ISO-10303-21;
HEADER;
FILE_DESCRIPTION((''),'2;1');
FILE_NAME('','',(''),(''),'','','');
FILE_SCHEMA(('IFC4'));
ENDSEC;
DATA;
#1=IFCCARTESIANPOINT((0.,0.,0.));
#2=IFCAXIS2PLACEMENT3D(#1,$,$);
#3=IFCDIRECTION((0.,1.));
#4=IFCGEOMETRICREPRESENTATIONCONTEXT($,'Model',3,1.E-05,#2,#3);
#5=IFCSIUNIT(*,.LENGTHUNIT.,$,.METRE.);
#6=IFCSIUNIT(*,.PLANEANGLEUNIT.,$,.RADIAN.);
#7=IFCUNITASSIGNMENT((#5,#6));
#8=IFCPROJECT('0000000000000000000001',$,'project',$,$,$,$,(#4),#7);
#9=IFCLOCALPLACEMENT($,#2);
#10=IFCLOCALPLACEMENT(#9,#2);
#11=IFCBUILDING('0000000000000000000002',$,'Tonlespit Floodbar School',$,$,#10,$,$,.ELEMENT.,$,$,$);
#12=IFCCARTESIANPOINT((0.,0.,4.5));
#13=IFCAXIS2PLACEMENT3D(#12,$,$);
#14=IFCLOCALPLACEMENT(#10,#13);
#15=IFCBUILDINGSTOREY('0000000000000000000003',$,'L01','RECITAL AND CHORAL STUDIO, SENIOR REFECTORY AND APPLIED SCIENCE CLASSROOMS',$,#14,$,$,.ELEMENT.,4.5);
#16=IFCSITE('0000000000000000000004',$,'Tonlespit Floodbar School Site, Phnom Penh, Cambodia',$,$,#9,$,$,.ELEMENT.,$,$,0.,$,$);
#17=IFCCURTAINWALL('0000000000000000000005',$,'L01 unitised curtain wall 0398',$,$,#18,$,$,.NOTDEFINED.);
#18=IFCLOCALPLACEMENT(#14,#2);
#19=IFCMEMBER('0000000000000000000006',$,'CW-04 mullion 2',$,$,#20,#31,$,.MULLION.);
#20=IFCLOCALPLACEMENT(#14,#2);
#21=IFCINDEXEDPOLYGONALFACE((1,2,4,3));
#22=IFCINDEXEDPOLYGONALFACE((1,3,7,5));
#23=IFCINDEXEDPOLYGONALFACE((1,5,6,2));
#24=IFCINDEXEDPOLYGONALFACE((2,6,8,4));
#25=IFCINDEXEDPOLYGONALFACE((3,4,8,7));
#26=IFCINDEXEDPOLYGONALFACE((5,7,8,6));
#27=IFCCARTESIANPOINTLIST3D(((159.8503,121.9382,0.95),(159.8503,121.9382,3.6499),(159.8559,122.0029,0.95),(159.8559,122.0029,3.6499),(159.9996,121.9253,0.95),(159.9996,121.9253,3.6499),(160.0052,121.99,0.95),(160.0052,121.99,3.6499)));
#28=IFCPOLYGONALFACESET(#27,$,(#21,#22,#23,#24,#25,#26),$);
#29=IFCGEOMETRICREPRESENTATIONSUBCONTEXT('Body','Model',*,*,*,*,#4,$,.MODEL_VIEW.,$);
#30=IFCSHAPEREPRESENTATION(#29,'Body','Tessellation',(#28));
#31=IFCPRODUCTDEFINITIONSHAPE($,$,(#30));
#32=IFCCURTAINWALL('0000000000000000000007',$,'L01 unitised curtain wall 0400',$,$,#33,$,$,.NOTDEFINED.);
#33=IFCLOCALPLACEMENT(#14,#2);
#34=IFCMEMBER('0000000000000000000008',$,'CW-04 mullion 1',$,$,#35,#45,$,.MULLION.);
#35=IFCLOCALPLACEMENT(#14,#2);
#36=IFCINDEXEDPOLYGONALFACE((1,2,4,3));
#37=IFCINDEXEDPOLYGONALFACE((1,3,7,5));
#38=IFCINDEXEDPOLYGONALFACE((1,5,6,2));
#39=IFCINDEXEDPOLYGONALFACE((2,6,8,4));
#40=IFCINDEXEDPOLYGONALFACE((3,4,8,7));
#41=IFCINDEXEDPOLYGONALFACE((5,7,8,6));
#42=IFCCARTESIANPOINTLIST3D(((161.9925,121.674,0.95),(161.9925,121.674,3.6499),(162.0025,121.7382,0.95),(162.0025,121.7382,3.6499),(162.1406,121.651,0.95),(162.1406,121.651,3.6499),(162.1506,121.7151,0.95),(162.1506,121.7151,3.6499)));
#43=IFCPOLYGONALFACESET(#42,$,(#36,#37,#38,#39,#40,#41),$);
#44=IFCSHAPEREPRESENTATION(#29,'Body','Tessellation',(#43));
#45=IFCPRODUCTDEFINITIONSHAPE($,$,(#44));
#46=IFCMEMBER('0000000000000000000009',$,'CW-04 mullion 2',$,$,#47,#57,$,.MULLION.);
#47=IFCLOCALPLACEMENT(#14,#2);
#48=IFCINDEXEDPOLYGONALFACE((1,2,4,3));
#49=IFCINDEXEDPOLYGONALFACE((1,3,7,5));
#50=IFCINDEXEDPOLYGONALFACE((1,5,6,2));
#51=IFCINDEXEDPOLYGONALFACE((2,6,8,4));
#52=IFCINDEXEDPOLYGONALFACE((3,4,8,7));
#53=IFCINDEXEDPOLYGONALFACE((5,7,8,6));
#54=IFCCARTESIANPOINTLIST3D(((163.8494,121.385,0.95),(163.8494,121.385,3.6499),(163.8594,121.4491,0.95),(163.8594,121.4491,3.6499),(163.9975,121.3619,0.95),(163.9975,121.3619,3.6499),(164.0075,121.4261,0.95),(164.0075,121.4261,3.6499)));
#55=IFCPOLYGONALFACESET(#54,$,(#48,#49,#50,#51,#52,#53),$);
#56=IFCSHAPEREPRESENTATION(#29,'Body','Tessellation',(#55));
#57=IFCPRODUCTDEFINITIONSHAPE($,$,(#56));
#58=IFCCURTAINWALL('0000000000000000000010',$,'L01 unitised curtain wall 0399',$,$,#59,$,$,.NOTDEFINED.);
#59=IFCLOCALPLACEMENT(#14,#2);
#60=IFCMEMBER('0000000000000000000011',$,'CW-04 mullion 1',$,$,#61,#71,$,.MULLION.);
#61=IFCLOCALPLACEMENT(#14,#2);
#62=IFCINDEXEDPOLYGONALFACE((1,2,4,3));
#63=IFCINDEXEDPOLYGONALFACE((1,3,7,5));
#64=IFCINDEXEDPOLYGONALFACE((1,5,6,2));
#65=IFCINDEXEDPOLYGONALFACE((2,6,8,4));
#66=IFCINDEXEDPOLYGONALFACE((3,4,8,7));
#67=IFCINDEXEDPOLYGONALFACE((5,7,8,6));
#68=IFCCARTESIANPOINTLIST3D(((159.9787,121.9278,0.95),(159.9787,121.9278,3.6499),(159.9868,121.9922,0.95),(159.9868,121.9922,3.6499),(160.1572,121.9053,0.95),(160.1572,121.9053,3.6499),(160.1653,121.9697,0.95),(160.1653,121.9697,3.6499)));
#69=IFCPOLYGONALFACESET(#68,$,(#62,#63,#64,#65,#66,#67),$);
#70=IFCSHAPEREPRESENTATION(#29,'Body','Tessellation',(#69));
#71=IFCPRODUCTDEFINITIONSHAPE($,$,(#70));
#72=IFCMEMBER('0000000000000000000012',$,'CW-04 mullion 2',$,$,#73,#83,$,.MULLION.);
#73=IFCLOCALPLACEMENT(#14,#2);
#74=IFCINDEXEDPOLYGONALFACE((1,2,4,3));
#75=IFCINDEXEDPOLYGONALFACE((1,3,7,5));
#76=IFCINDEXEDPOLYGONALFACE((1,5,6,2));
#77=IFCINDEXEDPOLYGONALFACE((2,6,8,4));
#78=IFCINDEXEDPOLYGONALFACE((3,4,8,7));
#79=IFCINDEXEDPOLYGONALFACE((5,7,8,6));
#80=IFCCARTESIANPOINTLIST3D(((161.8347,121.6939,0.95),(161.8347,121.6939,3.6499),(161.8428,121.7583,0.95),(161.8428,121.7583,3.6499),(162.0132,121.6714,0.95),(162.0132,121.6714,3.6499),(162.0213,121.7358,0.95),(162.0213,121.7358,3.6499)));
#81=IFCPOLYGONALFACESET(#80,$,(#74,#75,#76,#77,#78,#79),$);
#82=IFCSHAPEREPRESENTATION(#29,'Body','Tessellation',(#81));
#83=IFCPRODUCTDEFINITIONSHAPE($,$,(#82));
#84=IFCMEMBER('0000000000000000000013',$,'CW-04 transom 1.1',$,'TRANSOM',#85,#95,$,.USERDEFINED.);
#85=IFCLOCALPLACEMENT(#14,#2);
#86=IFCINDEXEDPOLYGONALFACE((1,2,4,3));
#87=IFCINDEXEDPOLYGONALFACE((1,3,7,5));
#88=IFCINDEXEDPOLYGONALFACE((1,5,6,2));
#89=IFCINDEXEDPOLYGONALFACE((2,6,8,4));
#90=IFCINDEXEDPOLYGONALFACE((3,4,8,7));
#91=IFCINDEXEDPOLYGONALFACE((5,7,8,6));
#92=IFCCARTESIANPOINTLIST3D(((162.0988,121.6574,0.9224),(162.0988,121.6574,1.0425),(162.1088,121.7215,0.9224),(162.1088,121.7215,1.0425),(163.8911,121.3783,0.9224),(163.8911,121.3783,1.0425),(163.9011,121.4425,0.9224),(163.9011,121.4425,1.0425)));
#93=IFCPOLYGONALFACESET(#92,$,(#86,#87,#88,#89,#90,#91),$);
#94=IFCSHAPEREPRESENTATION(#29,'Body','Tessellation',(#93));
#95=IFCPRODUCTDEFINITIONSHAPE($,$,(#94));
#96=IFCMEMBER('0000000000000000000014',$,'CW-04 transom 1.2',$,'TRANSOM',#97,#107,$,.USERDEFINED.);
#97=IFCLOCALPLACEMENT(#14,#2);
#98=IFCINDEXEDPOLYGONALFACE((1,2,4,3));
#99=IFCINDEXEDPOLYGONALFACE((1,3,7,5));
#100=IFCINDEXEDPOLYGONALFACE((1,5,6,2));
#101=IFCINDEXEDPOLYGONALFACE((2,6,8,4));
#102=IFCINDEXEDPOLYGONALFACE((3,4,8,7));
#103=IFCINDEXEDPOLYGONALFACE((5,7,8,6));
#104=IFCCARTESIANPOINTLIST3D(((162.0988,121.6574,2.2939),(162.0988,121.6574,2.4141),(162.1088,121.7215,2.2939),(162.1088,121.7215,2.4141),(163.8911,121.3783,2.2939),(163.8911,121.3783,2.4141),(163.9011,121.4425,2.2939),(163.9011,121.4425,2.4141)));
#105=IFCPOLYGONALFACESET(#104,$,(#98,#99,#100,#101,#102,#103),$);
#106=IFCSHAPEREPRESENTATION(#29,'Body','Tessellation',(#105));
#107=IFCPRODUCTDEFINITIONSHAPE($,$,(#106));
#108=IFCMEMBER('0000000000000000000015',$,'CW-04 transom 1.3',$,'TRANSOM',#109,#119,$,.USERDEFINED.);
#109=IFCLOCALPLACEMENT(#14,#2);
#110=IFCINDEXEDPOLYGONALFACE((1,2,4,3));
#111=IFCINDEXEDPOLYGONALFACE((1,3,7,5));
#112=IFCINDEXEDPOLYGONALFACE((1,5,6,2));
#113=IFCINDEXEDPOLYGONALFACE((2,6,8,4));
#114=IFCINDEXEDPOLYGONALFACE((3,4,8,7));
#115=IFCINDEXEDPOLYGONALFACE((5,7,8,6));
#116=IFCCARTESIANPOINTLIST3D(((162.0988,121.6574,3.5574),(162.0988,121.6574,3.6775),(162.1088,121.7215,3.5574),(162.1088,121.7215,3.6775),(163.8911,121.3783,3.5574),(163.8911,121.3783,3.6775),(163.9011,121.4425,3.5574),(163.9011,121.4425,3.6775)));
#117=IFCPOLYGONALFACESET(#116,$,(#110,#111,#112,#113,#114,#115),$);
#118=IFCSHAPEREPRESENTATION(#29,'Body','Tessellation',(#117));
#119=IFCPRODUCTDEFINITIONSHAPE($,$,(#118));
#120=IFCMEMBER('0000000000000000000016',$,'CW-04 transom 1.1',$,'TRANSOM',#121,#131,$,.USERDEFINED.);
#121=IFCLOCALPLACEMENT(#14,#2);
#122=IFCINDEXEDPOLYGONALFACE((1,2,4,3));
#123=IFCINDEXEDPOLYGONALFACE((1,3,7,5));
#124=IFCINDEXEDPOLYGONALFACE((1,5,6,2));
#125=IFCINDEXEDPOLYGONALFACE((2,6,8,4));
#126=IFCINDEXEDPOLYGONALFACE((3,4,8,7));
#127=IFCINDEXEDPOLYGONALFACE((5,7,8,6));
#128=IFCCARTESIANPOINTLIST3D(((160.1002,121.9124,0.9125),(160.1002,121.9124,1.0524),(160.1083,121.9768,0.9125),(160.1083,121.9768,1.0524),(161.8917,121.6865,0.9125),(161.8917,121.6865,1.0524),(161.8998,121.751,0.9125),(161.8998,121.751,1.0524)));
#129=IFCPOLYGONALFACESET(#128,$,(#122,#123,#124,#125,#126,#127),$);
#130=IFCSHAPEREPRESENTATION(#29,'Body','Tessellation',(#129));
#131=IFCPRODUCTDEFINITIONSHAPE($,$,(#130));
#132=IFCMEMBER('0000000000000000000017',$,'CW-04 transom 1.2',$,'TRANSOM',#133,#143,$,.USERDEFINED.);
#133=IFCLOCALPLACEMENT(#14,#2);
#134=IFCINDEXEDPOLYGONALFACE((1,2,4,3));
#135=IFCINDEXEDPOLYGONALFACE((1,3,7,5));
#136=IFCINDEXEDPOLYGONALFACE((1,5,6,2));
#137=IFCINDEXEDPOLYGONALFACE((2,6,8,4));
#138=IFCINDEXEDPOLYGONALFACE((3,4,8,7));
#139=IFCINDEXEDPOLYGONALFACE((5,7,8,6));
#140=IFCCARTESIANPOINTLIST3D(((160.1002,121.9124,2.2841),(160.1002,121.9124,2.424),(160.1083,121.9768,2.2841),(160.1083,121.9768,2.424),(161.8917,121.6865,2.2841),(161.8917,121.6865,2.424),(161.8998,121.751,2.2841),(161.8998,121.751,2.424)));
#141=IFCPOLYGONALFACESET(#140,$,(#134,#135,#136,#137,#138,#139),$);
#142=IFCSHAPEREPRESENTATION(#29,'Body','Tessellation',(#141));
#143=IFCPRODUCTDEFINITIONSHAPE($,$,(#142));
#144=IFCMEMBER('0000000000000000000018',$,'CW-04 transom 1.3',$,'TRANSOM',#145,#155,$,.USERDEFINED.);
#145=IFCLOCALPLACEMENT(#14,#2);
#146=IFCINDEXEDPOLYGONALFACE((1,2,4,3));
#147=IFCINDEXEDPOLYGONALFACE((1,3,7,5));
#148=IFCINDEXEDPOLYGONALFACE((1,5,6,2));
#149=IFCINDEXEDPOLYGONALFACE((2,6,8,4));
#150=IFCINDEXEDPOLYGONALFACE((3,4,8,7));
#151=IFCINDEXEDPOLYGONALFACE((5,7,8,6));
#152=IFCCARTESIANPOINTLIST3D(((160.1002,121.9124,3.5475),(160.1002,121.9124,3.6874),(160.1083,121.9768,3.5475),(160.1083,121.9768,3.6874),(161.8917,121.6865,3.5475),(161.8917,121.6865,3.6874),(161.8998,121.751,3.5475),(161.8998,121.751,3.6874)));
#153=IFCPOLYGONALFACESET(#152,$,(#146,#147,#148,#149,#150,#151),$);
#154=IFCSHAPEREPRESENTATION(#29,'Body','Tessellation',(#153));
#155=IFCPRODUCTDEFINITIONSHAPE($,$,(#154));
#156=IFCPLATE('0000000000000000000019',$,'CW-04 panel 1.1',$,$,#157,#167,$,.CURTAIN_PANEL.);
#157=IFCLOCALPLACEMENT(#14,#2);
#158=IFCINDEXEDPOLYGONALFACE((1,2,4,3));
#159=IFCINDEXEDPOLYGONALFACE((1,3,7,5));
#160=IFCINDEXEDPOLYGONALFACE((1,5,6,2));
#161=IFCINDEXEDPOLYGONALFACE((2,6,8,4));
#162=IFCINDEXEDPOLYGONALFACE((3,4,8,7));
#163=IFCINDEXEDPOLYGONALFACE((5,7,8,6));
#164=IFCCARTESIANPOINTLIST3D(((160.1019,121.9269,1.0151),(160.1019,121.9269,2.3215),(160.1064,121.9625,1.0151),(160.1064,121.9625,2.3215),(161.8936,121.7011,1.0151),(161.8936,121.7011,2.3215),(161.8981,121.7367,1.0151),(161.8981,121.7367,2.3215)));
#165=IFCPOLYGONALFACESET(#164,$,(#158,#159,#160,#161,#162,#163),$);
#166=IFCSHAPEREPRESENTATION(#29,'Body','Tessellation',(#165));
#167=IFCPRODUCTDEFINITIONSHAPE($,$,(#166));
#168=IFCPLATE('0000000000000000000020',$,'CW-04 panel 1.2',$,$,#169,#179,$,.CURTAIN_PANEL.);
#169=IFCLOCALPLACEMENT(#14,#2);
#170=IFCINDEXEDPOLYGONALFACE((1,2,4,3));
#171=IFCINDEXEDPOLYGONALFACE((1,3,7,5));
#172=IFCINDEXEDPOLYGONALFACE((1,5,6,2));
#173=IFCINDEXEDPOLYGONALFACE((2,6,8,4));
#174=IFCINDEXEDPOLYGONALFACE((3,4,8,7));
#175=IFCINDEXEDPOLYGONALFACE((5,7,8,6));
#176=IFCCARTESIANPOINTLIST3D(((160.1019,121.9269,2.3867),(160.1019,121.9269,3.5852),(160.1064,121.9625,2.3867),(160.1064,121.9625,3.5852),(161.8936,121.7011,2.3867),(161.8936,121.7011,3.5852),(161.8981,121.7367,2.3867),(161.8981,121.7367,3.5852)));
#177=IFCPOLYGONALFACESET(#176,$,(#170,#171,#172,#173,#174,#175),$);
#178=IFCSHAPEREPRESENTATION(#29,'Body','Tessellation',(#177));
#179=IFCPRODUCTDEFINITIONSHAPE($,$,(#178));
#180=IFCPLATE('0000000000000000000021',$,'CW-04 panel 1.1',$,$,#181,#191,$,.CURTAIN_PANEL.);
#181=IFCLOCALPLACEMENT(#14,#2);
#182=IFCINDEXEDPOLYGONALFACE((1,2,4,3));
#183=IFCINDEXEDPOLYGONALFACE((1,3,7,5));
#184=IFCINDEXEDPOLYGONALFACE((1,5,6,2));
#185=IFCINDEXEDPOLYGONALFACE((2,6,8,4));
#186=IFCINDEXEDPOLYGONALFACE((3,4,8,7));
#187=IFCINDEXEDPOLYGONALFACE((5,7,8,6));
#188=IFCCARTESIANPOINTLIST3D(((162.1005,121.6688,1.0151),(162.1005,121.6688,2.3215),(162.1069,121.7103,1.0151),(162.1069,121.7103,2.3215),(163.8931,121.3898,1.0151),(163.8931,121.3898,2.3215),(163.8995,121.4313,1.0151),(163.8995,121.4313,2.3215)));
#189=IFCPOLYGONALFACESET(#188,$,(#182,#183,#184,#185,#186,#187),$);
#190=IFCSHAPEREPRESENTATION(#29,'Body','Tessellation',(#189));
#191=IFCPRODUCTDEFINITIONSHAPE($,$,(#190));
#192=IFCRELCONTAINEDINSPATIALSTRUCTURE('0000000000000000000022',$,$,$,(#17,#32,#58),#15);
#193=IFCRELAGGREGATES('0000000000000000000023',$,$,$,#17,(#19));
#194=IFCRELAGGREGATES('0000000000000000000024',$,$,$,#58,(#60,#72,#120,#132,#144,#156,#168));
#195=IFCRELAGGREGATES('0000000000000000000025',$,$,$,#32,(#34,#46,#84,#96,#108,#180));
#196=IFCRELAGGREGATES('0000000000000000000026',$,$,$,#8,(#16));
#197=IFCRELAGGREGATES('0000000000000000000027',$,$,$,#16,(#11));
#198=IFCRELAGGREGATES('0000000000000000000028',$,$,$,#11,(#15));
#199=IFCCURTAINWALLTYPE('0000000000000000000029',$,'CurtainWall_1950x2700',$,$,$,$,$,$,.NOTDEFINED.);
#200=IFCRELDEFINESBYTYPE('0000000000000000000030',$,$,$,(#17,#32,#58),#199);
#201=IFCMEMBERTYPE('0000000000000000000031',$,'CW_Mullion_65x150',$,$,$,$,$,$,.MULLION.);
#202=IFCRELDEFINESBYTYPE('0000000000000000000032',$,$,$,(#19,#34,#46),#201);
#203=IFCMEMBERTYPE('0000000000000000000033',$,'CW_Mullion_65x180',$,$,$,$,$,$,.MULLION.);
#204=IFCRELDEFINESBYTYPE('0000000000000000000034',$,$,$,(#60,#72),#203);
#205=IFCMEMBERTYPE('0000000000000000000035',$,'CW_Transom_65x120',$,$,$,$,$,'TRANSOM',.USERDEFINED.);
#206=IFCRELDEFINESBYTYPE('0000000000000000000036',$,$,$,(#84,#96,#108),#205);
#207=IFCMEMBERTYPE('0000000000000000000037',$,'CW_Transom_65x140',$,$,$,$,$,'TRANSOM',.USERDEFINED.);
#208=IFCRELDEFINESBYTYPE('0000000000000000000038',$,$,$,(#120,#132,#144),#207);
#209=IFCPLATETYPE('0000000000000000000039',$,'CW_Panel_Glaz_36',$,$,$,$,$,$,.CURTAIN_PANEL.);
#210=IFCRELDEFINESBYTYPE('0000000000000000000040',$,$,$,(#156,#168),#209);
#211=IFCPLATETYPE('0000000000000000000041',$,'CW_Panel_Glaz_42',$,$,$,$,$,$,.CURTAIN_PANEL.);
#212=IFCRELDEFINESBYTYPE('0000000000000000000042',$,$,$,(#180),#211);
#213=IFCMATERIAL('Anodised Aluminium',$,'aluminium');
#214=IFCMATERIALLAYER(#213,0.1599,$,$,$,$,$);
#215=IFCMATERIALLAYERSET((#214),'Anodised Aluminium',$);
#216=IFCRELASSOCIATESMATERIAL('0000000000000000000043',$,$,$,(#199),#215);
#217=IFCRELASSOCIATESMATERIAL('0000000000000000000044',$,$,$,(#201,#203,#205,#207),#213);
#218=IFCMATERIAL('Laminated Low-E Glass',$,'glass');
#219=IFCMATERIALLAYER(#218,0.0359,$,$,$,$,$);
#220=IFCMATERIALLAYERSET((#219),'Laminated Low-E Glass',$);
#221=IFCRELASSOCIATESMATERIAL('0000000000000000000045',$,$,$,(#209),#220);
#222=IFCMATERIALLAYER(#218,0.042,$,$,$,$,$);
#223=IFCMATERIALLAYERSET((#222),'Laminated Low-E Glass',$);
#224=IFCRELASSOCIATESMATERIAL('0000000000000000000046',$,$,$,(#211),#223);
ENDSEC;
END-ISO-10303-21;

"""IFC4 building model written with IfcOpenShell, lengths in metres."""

from ifc_helpers import new_model, si_unit, direction, frame, origin, origin_2d, place, context, subcontext, project, spatial, rectangle, extrude, material, layer, layer_set, material_profile, profile_set, type_object, element, aggregate, save


model = new_model("IFC4")

# Units and contexts
model_context = context("Model", 3, precision=1e-05, world=origin(), true_north=direction((0.0, 1.0)))
body_context = subcontext(model_context, "Body", "Model", "MODEL_VIEW")
ifc_project = project(units=[si_unit("LENGTHUNIT", "METRE"), si_unit("PLANEANGLEUNIT", "RADIAN")], contexts=[model_context])

# Site, building, storey
site_placement = place(None, origin())
site = spatial("IfcSite", under=ifc_project, at=site_placement, Name="Tonlespit Floodbar School Site, Phnom Penh, Cambodia", CompositionType="ELEMENT", RefElevation=0.0)
building_placement = place(site_placement, origin())
building = spatial("IfcBuilding", under=site, at=building_placement, Name="Tonlespit Floodbar School", CompositionType="ELEMENT")
storey_placement = place(building_placement, frame((0.0, 0.0, 4.5)))
storey = spatial("IfcBuildingStorey", under=building, at=storey_placement, Name="L01", Description="RECITAL AND CHORAL STUDIO, SENIOR REFECTORY AND APPLIED SCIENCE CLASSROOMS", CompositionType="ELEMENT", Elevation=4.5)

# Curtain wall, member
ifc_material_1 = material(Name="Anodised Aluminium", Category="aluminium")
ifc_layer_1 = layer(ifc_material_1, 0.1599)
ifc_layer_set_1 = layer_set([ifc_layer_1], Name="Anodised Aluminium")
curtain_wall_type = type_object("IfcCurtainWallType", Name="CurtainWall_1950x2700", PredefinedType="NOTDEFINED", material=ifc_layer_set_1)
curtain_wall_1_placement = place(storey_placement, origin())
curtain_wall_1 = element("IfcCurtainWall", 1, at=curtain_wall_1_placement, inside=storey, type_object=curtain_wall_type, Name="L01 unitised curtain wall 0398", PredefinedType="NOTDEFINED")
ifc_material_profile_1 = material_profile(ifc_material_1, rectangle(XDim=0.0649, YDim=0.1499, at=origin_2d()), Name="ALU M65x150")
ifc_profile_set_1 = profile_set([ifc_material_profile_1], Name="Anodised Aluminium")
member_type_1 = type_object("IfcMemberType", Name="CW_Mullion_65x150", PredefinedType="MULLION", material=ifc_profile_set_1)
member_1_placement = place(storey_placement, frame((159.9277, 121.9641, 0.95), z_axis=(0.0, 0.0, 1.0), x_axis=(0.086531, 0.996249, 0.0)))
member_1 = element("IfcMember", 2, at=member_1_placement, type_object=member_type_1, Name="CW-04 mullion 2", PredefinedType="MULLION", context=body_context, shape_type="SweptSolid", body=[
    extrude(rectangle(XDim=0.0649, YDim=0.1499, at=origin_2d()), origin(), (0.0, 0.0, 1.0), 2.7),
])
aggregate(curtain_wall_1, [member_1])

# Curtain walls, members
curtain_wall_2_placement = place(storey_placement, origin())
curtain_wall_2 = element("IfcCurtainWall", 3, at=curtain_wall_2_placement, inside=storey, type_object=curtain_wall_type, Name="L01 unitised curtain wall 0400", PredefinedType="NOTDEFINED")
member_2_placement = place(storey_placement, frame((162.0715, 121.6946, 0.95), z_axis=(0.0, 0.0, 1.0), x_axis=(0.153796, 0.988103, 0.0)))
member_2 = element("IfcMember", 4, at=member_2_placement, type_object=member_type_1, Name="CW-04 mullion 1", PredefinedType="MULLION", context=body_context, shape_type="SweptSolid", body=[
    extrude(rectangle(XDim=0.0649, YDim=0.1499, at=origin_2d()), origin(), (0.0, 0.0, 1.0), 2.7),
])
member_3_placement = place(storey_placement, frame((163.9285, 121.4055, 0.95), z_axis=(0.0, 0.0, 1.0), x_axis=(0.153796, 0.988103, 0.0)))
member_3 = element("IfcMember", 5, at=member_3_placement, type_object=member_type_1, Name="CW-04 mullion 2", PredefinedType="MULLION", context=body_context, shape_type="SweptSolid", body=[
    extrude(rectangle(XDim=0.0649, YDim=0.1499, at=origin_2d()), origin(), (0.0, 0.0, 1.0), 2.7),
])
curtain_wall_3_placement = place(storey_placement, origin())
curtain_wall_3 = element("IfcCurtainWall", 6, at=curtain_wall_3_placement, inside=storey, type_object=curtain_wall_type, Name="L01 unitised curtain wall 0399", PredefinedType="NOTDEFINED")
ifc_material_profile_2 = material_profile(ifc_material_1, rectangle(XDim=0.0649, YDim=0.1799, at=origin_2d()), Name="ALU M65x180")
ifc_profile_set_2 = profile_set([ifc_material_profile_2], Name="Anodised Aluminium")
member_type_2 = type_object("IfcMemberType", Name="CW_Mullion_65x180", PredefinedType="MULLION", material=ifc_profile_set_2)
member_4_placement = place(storey_placement, frame((160.072, 121.9487, 0.95), z_axis=(0.0, 0.0, 1.0), x_axis=(0.125014, 0.992155, 0.0)))
member_4 = element("IfcMember", 7, at=member_4_placement, type_object=member_type_2, Name="CW-04 mullion 1", PredefinedType="MULLION", context=body_context, shape_type="SweptSolid", body=[
    extrude(rectangle(XDim=0.0649, YDim=0.1799, at=origin_2d()), origin(), (0.0, 0.0, 1.0), 2.7),
])
member_5_placement = place(storey_placement, frame((161.928, 121.7148, 0.95), z_axis=(0.0, 0.0, 1.0), x_axis=(0.125014, 0.992155, 0.0)))
member_5 = element("IfcMember", 8, at=member_5_placement, type_object=member_type_2, Name="CW-04 mullion 2", PredefinedType="MULLION", context=body_context, shape_type="SweptSolid", body=[
    extrude(rectangle(XDim=0.0649, YDim=0.1799, at=origin_2d()), origin(), (0.0, 0.0, 1.0), 2.7),
])

# Members
ifc_material_profile_3 = material_profile(ifc_material_1, rectangle(XDim=0.0649, YDim=0.1201, at=origin_2d()), Name="ALU T65x120")
ifc_profile_set_3 = profile_set([ifc_material_profile_3], Name="Anodised Aluminium")
member_type_3 = type_object("IfcMemberType", Name="CW_Transom_65x120", ElementType="TRANSOM", PredefinedType="USERDEFINED", material=ifc_profile_set_3)
member_6_placement = place(storey_placement, frame((162.1038, 121.6895, 0.9824), z_axis=(0.988098, -0.153827, 0.0), x_axis=(0.153827, 0.988098, 0.0)))
member_6 = element("IfcMember", 9, at=member_6_placement, type_object=member_type_3, Name="CW-04 transom 1.1", ObjectType="TRANSOM", PredefinedType="USERDEFINED", context=body_context, shape_type="SweptSolid", body=[
    extrude(rectangle(XDim=0.0649, YDim=0.1201, at=origin_2d()), origin(), (0.0, 0.0, 1.0), 1.814),
])
member_7_placement = place(storey_placement, frame((162.1038, 121.6895, 2.354), z_axis=(0.988098, -0.153827, 0.0), x_axis=(0.153827, 0.988098, 0.0)))
member_7 = element("IfcMember", 10, at=member_7_placement, type_object=member_type_3, Name="CW-04 transom 1.2", ObjectType="TRANSOM", PredefinedType="USERDEFINED", context=body_context, shape_type="SweptSolid", body=[
    extrude(rectangle(XDim=0.0649, YDim=0.1201, at=origin_2d()), origin(), (0.0, 0.0, 1.0), 1.814),
])
member_8_placement = place(storey_placement, frame((162.1038, 121.6895, 3.6174), z_axis=(0.988098, -0.153827, 0.0), x_axis=(0.153827, 0.988098, 0.0)))
member_8 = element("IfcMember", 11, at=member_8_placement, type_object=member_type_3, Name="CW-04 transom 1.3", ObjectType="TRANSOM", PredefinedType="USERDEFINED", context=body_context, shape_type="SweptSolid", body=[
    extrude(rectangle(XDim=0.0649, YDim=0.1201, at=origin_2d()), origin(), (0.0, 0.0, 1.0), 1.814),
])
ifc_material_profile_4 = material_profile(ifc_material_1, rectangle(XDim=0.0649, YDim=0.1399, at=origin_2d()), Name="ALU T65x140")
ifc_profile_set_4 = profile_set([ifc_material_profile_4], Name="Anodised Aluminium")
member_type_4 = type_object("IfcMemberType", Name="CW_Transom_65x140", ElementType="TRANSOM", PredefinedType="USERDEFINED", material=ifc_profile_set_4)
member_9_placement = place(storey_placement, frame((160.1042, 121.9446, 0.9824), z_axis=(0.992148, -0.125066, 0.0), x_axis=(0.125066, 0.992148, 0.0)))
member_9 = element("IfcMember", 12, at=member_9_placement, type_object=member_type_4, Name="CW-04 transom 1.1", ObjectType="TRANSOM", PredefinedType="USERDEFINED", context=body_context, shape_type="SweptSolid", body=[
    extrude(rectangle(XDim=0.0649, YDim=0.1399, at=origin_2d()), origin(), (0.0, 0.0, 1.0), 1.8057),
])
member_10_placement = place(storey_placement, frame((160.1042, 121.9446, 2.354), z_axis=(0.992148, -0.125066, 0.0), x_axis=(0.125066, 0.992148, 0.0)))
member_10 = element("IfcMember", 13, at=member_10_placement, type_object=member_type_4, Name="CW-04 transom 1.2", ObjectType="TRANSOM", PredefinedType="USERDEFINED", context=body_context, shape_type="SweptSolid", body=[
    extrude(rectangle(XDim=0.0649, YDim=0.1399, at=origin_2d()), origin(), (0.0, 0.0, 1.0), 1.8057),
])
member_11_placement = place(storey_placement, frame((160.1042, 121.9446, 3.6174), z_axis=(0.992148, -0.125066, 0.0), x_axis=(0.125066, 0.992148, 0.0)))
member_11 = element("IfcMember", 14, at=member_11_placement, type_object=member_type_4, Name="CW-04 transom 1.3", ObjectType="TRANSOM", PredefinedType="USERDEFINED", context=body_context, shape_type="SweptSolid", body=[
    extrude(rectangle(XDim=0.0649, YDim=0.1399, at=origin_2d()), origin(), (0.0, 0.0, 1.0), 1.8057),
])

# Plates
ifc_material_2 = material(Name="Laminated Low-E Glass", Category="glass")
ifc_layer_2 = layer(ifc_material_2, 0.0359)
ifc_layer_set_2 = layer_set([ifc_layer_2], Name="Laminated Low-E Glass")
plate_type_1 = type_object("IfcPlateType", Name="CW_Panel_Glaz_36", PredefinedType="CURTAIN_PANEL", material=ifc_layer_set_2)
plate_1_placement = place(storey_placement, frame((161.0, 121.8318, 1.0151), z_axis=(0.0, 0.0, 1.0), x_axis=(0.992155, -0.125014, 0.0)))
plate_1 = element("IfcPlate", 15, at=plate_1_placement, type_object=plate_type_1, Name="CW-04 panel 1.1", PredefinedType="CURTAIN_PANEL", context=body_context, shape_type="SweptSolid", body=[
    extrude(rectangle(XDim=1.8059, YDim=0.0359, at=origin_2d()), origin(), (0.0, 0.0, 1.0), 1.3064),
])
plate_2_placement = place(storey_placement, frame((161.0, 121.8318, 2.3867), z_axis=(0.0, 0.0, 1.0), x_axis=(0.992155, -0.125014, 0.0)))
plate_2 = element("IfcPlate", 16, at=plate_2_placement, type_object=plate_type_1, Name="CW-04 panel 1.2", PredefinedType="CURTAIN_PANEL", context=body_context, shape_type="SweptSolid", body=[
    extrude(rectangle(XDim=1.8059, YDim=0.0359, at=origin_2d()), origin(), (0.0, 0.0, 1.0), 1.1985),
])
aggregate(curtain_wall_3, [member_4, member_5, member_9, member_10, member_11, plate_1, plate_2])
ifc_layer_3 = layer(ifc_material_2, 0.042)
ifc_layer_set_3 = layer_set([ifc_layer_3], Name="Laminated Low-E Glass")
plate_type_2 = type_object("IfcPlateType", Name="CW_Panel_Glaz_42", PredefinedType="CURTAIN_PANEL", material=ifc_layer_set_3)
plate_3_placement = place(storey_placement, frame((163.0, 121.55, 1.0151), z_axis=(0.0, 0.0, 1.0), x_axis=(0.988103, -0.153796, 0.0)))
plate_3 = element("IfcPlate", 17, at=plate_3_placement, type_object=plate_type_2, Name="CW-04 panel 1.1", PredefinedType="CURTAIN_PANEL", context=body_context, shape_type="SweptSolid", body=[
    extrude(rectangle(XDim=1.8142, YDim=0.042, at=origin_2d()), origin(), (0.0, 0.0, 1.0), 1.3064),
])
aggregate(curtain_wall_2, [member_2, member_3, member_6, member_7, member_8, plate_3])

save(model, "model.ifc")
